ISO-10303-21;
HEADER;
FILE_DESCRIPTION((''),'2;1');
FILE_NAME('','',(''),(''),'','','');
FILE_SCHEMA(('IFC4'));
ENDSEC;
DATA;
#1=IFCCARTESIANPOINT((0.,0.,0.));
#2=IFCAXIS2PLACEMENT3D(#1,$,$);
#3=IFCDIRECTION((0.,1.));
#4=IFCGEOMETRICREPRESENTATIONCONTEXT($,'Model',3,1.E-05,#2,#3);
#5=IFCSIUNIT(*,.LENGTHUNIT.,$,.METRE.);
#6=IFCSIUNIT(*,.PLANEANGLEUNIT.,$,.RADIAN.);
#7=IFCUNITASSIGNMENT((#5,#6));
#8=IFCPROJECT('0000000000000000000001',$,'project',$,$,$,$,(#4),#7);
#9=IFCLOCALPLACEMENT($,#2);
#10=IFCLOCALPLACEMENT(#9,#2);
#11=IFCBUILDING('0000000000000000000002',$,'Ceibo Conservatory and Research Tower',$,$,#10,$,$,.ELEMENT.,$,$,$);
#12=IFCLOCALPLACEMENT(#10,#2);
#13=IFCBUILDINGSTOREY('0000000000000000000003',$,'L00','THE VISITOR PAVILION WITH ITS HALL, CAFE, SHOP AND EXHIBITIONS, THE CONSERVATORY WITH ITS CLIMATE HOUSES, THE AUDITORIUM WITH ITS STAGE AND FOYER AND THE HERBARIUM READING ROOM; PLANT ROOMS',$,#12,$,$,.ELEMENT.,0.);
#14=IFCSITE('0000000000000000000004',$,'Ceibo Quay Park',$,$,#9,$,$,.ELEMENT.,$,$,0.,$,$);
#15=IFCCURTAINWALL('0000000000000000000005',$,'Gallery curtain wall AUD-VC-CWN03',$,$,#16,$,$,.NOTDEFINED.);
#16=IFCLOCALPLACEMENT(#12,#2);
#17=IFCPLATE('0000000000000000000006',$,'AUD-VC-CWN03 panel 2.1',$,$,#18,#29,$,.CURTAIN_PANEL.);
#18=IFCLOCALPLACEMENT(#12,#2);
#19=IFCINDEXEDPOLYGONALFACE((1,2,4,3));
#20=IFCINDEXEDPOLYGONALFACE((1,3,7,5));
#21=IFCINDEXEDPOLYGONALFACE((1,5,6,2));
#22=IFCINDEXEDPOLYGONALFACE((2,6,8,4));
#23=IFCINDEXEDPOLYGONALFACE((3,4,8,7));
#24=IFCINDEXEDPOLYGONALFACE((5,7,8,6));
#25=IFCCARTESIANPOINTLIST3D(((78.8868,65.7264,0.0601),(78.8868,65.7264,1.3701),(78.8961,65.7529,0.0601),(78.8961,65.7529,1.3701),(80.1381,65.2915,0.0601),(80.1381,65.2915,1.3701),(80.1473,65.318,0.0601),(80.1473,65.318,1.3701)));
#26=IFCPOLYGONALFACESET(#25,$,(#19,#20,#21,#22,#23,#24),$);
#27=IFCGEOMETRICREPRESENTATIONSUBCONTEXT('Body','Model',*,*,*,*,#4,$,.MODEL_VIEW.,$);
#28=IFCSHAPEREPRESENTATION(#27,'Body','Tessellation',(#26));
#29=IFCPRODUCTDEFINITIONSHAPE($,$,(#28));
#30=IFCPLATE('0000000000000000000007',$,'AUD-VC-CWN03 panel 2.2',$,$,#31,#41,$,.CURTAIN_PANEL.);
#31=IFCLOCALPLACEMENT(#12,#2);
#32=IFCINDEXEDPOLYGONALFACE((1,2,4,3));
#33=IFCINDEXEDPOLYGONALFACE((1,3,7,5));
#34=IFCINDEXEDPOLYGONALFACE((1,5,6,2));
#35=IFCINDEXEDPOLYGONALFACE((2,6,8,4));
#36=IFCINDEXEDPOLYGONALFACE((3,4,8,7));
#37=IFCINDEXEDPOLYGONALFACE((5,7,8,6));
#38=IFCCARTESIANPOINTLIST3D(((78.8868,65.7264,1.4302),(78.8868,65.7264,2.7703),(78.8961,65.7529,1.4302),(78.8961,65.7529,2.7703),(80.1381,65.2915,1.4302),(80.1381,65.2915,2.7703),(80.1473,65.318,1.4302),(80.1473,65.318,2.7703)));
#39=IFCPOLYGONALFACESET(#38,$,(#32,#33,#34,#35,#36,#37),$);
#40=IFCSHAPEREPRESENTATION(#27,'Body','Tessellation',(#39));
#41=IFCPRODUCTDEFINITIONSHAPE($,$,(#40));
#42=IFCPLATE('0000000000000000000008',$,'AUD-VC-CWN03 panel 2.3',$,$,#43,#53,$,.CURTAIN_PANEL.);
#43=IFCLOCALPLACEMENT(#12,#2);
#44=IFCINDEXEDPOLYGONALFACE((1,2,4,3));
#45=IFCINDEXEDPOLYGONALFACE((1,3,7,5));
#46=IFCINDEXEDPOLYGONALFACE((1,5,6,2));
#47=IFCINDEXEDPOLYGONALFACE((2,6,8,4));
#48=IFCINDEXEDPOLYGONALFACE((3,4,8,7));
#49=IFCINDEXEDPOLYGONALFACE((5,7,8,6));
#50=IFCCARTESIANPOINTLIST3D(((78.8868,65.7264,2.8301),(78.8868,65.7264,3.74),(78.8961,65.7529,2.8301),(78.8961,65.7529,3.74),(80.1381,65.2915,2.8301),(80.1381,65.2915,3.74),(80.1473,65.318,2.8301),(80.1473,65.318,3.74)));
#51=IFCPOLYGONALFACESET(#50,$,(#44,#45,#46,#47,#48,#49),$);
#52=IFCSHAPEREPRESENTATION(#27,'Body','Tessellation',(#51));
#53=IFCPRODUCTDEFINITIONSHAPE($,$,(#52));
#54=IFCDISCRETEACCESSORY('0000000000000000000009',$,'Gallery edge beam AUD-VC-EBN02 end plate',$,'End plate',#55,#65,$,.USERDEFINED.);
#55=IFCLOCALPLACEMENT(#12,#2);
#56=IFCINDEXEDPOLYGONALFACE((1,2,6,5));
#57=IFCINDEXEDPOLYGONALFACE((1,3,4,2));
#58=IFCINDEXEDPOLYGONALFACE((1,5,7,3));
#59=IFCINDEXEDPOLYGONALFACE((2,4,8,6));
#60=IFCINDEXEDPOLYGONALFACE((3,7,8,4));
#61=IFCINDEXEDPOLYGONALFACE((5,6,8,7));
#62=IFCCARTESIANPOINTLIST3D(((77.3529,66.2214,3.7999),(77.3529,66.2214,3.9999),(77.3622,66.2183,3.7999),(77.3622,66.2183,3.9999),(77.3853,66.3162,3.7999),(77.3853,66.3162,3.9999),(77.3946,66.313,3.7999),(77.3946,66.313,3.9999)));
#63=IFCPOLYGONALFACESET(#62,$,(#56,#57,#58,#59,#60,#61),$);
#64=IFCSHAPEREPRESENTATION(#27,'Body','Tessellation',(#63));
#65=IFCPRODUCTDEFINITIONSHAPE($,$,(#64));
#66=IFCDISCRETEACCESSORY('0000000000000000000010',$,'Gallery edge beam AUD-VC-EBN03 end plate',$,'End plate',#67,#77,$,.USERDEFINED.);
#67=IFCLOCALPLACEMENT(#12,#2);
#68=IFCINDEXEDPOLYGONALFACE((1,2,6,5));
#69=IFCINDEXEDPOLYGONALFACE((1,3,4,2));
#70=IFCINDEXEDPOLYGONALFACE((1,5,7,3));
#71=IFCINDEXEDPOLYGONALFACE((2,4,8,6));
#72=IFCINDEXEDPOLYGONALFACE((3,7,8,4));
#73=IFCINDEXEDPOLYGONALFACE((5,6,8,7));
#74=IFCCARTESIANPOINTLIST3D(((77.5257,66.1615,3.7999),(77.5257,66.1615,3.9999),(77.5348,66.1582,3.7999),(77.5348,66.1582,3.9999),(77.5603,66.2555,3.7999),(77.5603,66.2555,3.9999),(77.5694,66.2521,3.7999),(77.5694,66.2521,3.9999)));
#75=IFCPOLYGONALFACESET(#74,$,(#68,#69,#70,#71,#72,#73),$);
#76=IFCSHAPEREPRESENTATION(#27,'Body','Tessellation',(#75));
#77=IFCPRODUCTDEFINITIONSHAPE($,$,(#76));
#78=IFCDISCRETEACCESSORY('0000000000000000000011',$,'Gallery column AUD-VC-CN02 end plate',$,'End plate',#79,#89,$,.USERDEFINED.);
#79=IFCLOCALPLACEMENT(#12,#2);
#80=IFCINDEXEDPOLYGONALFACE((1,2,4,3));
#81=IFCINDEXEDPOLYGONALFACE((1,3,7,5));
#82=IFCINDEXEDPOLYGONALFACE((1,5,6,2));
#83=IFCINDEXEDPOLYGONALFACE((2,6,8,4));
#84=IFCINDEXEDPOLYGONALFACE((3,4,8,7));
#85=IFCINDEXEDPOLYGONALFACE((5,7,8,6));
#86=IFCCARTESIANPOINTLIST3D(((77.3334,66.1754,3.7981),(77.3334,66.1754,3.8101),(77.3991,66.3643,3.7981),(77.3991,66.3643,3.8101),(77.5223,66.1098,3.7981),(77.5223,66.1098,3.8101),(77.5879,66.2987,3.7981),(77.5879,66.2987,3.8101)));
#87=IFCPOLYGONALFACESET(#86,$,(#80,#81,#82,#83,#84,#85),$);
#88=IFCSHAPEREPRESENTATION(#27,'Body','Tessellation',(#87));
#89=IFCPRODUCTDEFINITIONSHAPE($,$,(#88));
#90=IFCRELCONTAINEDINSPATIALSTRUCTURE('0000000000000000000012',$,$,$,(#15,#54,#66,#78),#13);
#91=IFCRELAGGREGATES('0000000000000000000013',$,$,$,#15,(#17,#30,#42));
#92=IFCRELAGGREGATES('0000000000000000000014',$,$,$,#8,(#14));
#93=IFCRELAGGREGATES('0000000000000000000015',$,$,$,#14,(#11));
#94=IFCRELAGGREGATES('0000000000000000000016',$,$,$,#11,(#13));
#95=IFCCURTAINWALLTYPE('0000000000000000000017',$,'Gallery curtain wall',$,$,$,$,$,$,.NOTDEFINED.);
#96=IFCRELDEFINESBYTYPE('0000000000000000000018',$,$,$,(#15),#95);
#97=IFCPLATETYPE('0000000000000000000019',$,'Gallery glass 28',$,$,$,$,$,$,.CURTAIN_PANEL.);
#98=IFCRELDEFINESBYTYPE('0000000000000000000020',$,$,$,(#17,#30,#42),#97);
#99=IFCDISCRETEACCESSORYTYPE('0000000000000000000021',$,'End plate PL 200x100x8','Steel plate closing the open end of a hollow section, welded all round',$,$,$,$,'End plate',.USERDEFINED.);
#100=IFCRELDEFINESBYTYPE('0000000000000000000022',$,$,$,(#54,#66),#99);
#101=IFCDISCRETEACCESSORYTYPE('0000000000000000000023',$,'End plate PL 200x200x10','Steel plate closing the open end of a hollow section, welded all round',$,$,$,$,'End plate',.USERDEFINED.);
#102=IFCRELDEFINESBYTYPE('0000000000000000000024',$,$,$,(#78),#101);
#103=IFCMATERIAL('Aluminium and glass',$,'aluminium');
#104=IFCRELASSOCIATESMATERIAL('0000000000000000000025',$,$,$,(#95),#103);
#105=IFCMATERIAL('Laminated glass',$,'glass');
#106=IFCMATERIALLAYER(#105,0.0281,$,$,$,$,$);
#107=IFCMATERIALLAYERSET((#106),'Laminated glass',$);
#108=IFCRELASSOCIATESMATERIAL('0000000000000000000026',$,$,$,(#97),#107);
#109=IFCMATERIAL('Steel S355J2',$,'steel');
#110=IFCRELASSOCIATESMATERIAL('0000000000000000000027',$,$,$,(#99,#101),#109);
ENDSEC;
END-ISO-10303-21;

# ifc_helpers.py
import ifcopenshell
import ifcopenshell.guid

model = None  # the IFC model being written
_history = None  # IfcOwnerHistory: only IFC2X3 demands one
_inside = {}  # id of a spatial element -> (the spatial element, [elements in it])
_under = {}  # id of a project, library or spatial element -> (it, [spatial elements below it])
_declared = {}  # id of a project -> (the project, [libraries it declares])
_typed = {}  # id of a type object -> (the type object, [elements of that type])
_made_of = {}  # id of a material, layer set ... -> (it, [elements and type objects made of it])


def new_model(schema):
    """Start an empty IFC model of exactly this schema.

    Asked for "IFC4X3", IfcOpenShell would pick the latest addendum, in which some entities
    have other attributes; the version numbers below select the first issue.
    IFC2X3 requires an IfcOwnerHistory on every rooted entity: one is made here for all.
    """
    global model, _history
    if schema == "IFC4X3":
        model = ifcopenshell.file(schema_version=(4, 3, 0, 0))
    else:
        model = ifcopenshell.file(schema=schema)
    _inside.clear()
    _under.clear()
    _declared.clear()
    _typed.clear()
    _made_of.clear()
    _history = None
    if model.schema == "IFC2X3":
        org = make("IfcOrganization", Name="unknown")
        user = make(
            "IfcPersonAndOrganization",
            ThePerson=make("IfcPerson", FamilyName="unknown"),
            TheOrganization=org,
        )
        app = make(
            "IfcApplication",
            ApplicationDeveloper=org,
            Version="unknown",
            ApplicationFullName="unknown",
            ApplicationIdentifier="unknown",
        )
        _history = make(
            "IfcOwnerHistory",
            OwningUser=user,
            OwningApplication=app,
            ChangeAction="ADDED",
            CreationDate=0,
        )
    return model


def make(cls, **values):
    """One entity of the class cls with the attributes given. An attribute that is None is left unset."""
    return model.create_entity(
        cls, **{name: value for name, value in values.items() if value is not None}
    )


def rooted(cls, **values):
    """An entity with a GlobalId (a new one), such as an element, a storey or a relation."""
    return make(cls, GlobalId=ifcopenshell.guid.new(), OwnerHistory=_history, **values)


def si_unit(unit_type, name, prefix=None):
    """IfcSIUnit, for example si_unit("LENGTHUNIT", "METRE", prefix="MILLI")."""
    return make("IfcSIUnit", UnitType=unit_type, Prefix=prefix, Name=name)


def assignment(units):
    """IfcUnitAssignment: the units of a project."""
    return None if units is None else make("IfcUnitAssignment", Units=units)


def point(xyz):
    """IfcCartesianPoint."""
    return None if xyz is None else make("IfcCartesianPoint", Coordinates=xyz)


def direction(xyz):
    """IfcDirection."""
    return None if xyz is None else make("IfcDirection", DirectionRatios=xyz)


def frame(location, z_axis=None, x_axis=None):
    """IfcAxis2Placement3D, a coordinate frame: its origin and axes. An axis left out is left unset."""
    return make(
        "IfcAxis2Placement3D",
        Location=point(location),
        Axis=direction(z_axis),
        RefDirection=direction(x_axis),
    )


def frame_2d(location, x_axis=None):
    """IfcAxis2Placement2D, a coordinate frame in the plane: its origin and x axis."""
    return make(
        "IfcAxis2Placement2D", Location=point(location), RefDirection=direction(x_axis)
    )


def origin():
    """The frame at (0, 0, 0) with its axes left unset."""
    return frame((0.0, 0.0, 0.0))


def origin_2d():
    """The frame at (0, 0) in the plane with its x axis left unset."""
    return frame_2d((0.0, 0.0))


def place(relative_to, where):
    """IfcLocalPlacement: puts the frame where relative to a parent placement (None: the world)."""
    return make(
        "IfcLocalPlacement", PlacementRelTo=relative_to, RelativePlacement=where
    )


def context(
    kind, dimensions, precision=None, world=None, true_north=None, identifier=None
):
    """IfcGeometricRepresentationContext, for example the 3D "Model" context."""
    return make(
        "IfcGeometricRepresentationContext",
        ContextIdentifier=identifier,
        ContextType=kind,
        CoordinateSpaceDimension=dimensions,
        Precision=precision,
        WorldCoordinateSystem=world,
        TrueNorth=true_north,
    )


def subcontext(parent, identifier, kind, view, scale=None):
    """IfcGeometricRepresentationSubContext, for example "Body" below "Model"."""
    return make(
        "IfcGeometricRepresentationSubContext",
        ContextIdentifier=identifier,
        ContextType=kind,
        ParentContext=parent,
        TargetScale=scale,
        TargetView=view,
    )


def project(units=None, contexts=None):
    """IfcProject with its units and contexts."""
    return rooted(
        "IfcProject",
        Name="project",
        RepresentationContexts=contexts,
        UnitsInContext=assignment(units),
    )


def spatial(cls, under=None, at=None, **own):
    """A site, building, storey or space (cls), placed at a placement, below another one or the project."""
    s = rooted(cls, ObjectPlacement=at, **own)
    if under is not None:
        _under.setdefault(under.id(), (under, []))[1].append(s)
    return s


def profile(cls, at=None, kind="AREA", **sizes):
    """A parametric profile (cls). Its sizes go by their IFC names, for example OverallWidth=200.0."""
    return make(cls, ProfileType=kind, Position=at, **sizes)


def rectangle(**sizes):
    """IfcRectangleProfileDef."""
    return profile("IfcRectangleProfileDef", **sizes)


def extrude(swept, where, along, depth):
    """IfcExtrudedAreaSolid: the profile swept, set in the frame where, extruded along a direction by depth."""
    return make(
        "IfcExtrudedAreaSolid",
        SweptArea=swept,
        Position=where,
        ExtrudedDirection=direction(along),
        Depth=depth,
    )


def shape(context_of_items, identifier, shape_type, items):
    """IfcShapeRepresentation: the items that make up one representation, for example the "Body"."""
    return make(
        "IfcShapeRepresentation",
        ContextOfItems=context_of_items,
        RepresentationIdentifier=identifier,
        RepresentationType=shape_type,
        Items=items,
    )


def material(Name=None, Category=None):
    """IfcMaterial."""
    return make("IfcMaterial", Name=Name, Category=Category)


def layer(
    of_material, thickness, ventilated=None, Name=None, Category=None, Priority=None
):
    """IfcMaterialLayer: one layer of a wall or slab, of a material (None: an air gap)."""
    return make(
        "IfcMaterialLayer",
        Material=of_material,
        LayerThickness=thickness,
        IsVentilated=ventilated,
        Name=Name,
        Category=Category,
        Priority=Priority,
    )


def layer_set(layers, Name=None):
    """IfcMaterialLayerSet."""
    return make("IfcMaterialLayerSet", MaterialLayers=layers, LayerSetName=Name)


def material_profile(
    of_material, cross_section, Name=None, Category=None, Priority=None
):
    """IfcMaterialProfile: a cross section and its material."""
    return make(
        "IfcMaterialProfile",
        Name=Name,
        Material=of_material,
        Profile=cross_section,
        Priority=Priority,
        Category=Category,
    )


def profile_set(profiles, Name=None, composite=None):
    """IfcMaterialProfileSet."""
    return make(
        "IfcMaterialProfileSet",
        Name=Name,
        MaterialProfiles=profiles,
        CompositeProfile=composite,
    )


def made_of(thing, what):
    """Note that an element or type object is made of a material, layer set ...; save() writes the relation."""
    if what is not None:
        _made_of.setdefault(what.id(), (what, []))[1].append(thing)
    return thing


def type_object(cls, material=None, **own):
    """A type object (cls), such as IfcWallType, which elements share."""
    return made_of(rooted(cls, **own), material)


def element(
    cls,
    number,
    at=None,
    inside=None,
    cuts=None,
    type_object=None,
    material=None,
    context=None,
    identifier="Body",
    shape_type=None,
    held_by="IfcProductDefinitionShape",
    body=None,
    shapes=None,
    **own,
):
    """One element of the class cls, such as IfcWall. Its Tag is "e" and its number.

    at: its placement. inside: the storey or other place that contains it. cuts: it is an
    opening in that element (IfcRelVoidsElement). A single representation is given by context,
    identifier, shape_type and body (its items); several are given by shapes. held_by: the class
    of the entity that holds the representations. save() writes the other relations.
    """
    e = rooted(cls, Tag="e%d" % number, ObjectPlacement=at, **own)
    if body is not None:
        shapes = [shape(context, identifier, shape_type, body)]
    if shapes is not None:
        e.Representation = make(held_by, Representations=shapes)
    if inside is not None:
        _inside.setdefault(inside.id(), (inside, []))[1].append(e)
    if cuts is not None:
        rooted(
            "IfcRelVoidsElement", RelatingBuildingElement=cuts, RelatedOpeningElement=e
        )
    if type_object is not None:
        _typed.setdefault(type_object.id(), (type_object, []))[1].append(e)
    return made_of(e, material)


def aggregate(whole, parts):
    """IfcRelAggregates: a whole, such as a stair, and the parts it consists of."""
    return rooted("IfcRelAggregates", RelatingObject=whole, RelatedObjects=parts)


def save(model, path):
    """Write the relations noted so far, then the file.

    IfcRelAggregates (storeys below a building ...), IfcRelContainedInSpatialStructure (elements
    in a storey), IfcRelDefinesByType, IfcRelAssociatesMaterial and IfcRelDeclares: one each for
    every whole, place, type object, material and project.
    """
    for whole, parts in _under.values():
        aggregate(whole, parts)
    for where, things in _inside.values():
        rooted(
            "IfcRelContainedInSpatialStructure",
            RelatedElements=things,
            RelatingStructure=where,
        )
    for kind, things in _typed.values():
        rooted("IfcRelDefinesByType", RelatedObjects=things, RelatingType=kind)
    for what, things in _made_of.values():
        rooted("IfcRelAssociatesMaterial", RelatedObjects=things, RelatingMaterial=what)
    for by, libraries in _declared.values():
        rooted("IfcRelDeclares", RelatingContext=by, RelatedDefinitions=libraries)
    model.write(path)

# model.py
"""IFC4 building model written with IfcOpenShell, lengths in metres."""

from ifc_helpers import new_model, si_unit, direction, frame, origin, origin_2d, place, context, subcontext, project, spatial, rectangle, extrude, material, layer, layer_set, material_profile, profile_set, type_object, element, aggregate, save


model = new_model("IFC4")

# Units and contexts
model_context = context("Model", 3, precision=1e-05, world=origin(), true_north=direction((0.0, 1.0)))
body_context = subcontext(model_context, "Body", "Model", "MODEL_VIEW")
ifc_project = project(units=[si_unit("LENGTHUNIT", "METRE"), si_unit("PLANEANGLEUNIT", "RADIAN")], contexts=[model_context])

# Site, building, storey
site_placement = place(None, origin())
site = spatial("IfcSite", under=ifc_project, at=site_placement, Name="Ceibo Quay Park", CompositionType="ELEMENT", RefElevation=0.0)
building_placement = place(site_placement, origin())
building = spatial("IfcBuilding", under=site, at=building_placement, Name="Ceibo Conservatory and Research Tower", CompositionType="ELEMENT")
storey_placement = place(building_placement, origin())
storey = spatial("IfcBuildingStorey", under=building, at=storey_placement, Name="L00", Description="THE VISITOR PAVILION WITH ITS HALL, CAFE, SHOP AND EXHIBITIONS, THE CONSERVATORY WITH ITS CLIMATE HOUSES, THE AUDITORIUM WITH ITS STAGE AND FOYER AND THE HERBARIUM READING ROOM; PLANT ROOMS", CompositionType="ELEMENT", Elevation=0.0)

# Shared definitions
ifc_material_1 = material(Name="Aluminium and glass", Category="aluminium")
curtain_wall_type = type_object("IfcCurtainWallType", Name="Gallery curtain wall", PredefinedType="NOTDEFINED", material=ifc_material_1)

# Curtain wall
curtain_wall_1_placement = place(storey_placement, origin())
curtain_wall_1 = element("IfcCurtainWall", 1, at=curtain_wall_1_placement, inside=storey, type_object=curtain_wall_type, Name="Gallery curtain wall AUD-VC-CWN03", PredefinedType="NOTDEFINED")

# Shared definitions
ifc_material_2 = material(Name="Steel S355J2", Category="steel")

# Plates
ifc_material_3 = material(Name="Laminated glass", Category="glass")
ifc_layer = layer(ifc_material_3, 0.0281)
ifc_layer_set = layer_set([ifc_layer], Name="Laminated glass")
plate_type = type_object("IfcPlateType", Name="Gallery glass 28", PredefinedType="CURTAIN_PANEL", material=ifc_layer_set)
plate_1_placement = place(storey_placement, frame((79.5171, 65.5222, 0.0601), z_axis=(0.0, 0.0, 1.0), x_axis=(0.944579, -0.328284, 0.0)))
plate_1 = element("IfcPlate", 2, at=plate_1_placement, type_object=plate_type, Name="AUD-VC-CWN03 panel 2.1", PredefinedType="CURTAIN_PANEL", context=body_context, shape_type="SweptSolid", body=[
    extrude(rectangle(XDim=1.3247, YDim=0.0281, at=origin_2d()), origin(), (0.0, 0.0, 1.0), 1.3101),
])
plate_2_placement = place(storey_placement, frame((79.5171, 65.5222, 1.4302), z_axis=(0.0, 0.0, 1.0), x_axis=(0.944579, -0.328284, 0.0)))
plate_2 = element("IfcPlate", 3, at=plate_2_placement, type_object=plate_type, Name="AUD-VC-CWN03 panel 2.2", PredefinedType="CURTAIN_PANEL", context=body_context, shape_type="SweptSolid", body=[
    extrude(rectangle(XDim=1.3247, YDim=0.0281, at=origin_2d()), origin(), (0.0, 0.0, 1.0), 1.3401),
])
plate_3_placement = place(storey_placement, frame((79.5171, 65.5222, 2.8301), z_axis=(0.0, 0.0, 1.0), x_axis=(0.944579, -0.328284, 0.0)))
plate_3 = element("IfcPlate", 4, at=plate_3_placement, type_object=plate_type, Name="AUD-VC-CWN03 panel 2.3", PredefinedType="CURTAIN_PANEL", context=body_context, shape_type="SweptSolid", body=[
    extrude(rectangle(XDim=1.3247, YDim=0.0281, at=origin_2d()), origin(), (0.0, 0.0, 1.0), 0.9099),
])
aggregate(curtain_wall_1, [plate_1, plate_2, plate_3])

# Discrete accessories
ifc_material_profile_1 = material_profile(ifc_material_2, rectangle(XDim=0.1001, YDim=0.2, at=origin_2d()), Name="End plate PL 200x100x8")
ifc_profile_set_1 = profile_set([ifc_material_profile_1], Name="Steel S355J2")
discrete_accessory_type_1 = type_object("IfcDiscreteAccessoryType", Name="End plate PL 200x100x8", Description="Steel plate closing the open end of a hollow section, welded all round", ElementType="End plate", PredefinedType="USERDEFINED", material=ifc_profile_set_1)
for number, where, z_axis, x_axis, name in (
    (5, (77.3691, 66.2688, 3.8999), (0.946164, -0.323688, 0.0), (0.323688, 0.946164, 0.0), "Gallery edge beam AUD-VC-EBN02 end plate"),
    (6, (77.543, 66.2085, 3.8999), (0.938343, -0.345705, 0.0), (0.345705, 0.938343, 0.0), "Gallery edge beam AUD-VC-EBN03 end plate"),
):
    element("IfcDiscreteAccessory", number, at=place(storey_placement, frame(where, z_axis=z_axis, x_axis=x_axis)), inside=storey, type_object=discrete_accessory_type_1, Name=name, ObjectType="End plate", PredefinedType="USERDEFINED", context=body_context, shape_type="SweptSolid", body=[
        extrude(rectangle(XDim=0.1001, YDim=0.2, at=origin_2d()), origin(), (0.0, 0.0, 1.0), 0.0098),
    ])
ifc_material_profile_2 = material_profile(ifc_material_2, rectangle(XDim=0.2, YDim=0.2, at=origin_2d()), Name="End plate PL 200x200x10")
ifc_profile_set_2 = profile_set([ifc_material_profile_2], Name="Steel S355J2")
discrete_accessory_type_2 = type_object("IfcDiscreteAccessoryType", Name="End plate PL 200x200x10", Description="Steel plate closing the open end of a hollow section, welded all round", ElementType="End plate", PredefinedType="USERDEFINED", material=ifc_profile_set_2)
discrete_accessory_placement = place(storey_placement, frame((77.4607, 66.2371, 3.7981), z_axis=(0.0, 0.0, 1.0), x_axis=(0.944579, -0.328284, 0.0)))
element("IfcDiscreteAccessory", 7, at=discrete_accessory_placement, inside=storey, type_object=discrete_accessory_type_2, Name="Gallery column AUD-VC-CN02 end plate", ObjectType="End plate", PredefinedType="USERDEFINED", context=body_context, shape_type="SweptSolid", body=[
    extrude(rectangle(XDim=0.2, YDim=0.2, at=origin_2d()), origin(), (0.0, 0.0, 1.0), 0.012),
])

save(model, "model.ifc")
